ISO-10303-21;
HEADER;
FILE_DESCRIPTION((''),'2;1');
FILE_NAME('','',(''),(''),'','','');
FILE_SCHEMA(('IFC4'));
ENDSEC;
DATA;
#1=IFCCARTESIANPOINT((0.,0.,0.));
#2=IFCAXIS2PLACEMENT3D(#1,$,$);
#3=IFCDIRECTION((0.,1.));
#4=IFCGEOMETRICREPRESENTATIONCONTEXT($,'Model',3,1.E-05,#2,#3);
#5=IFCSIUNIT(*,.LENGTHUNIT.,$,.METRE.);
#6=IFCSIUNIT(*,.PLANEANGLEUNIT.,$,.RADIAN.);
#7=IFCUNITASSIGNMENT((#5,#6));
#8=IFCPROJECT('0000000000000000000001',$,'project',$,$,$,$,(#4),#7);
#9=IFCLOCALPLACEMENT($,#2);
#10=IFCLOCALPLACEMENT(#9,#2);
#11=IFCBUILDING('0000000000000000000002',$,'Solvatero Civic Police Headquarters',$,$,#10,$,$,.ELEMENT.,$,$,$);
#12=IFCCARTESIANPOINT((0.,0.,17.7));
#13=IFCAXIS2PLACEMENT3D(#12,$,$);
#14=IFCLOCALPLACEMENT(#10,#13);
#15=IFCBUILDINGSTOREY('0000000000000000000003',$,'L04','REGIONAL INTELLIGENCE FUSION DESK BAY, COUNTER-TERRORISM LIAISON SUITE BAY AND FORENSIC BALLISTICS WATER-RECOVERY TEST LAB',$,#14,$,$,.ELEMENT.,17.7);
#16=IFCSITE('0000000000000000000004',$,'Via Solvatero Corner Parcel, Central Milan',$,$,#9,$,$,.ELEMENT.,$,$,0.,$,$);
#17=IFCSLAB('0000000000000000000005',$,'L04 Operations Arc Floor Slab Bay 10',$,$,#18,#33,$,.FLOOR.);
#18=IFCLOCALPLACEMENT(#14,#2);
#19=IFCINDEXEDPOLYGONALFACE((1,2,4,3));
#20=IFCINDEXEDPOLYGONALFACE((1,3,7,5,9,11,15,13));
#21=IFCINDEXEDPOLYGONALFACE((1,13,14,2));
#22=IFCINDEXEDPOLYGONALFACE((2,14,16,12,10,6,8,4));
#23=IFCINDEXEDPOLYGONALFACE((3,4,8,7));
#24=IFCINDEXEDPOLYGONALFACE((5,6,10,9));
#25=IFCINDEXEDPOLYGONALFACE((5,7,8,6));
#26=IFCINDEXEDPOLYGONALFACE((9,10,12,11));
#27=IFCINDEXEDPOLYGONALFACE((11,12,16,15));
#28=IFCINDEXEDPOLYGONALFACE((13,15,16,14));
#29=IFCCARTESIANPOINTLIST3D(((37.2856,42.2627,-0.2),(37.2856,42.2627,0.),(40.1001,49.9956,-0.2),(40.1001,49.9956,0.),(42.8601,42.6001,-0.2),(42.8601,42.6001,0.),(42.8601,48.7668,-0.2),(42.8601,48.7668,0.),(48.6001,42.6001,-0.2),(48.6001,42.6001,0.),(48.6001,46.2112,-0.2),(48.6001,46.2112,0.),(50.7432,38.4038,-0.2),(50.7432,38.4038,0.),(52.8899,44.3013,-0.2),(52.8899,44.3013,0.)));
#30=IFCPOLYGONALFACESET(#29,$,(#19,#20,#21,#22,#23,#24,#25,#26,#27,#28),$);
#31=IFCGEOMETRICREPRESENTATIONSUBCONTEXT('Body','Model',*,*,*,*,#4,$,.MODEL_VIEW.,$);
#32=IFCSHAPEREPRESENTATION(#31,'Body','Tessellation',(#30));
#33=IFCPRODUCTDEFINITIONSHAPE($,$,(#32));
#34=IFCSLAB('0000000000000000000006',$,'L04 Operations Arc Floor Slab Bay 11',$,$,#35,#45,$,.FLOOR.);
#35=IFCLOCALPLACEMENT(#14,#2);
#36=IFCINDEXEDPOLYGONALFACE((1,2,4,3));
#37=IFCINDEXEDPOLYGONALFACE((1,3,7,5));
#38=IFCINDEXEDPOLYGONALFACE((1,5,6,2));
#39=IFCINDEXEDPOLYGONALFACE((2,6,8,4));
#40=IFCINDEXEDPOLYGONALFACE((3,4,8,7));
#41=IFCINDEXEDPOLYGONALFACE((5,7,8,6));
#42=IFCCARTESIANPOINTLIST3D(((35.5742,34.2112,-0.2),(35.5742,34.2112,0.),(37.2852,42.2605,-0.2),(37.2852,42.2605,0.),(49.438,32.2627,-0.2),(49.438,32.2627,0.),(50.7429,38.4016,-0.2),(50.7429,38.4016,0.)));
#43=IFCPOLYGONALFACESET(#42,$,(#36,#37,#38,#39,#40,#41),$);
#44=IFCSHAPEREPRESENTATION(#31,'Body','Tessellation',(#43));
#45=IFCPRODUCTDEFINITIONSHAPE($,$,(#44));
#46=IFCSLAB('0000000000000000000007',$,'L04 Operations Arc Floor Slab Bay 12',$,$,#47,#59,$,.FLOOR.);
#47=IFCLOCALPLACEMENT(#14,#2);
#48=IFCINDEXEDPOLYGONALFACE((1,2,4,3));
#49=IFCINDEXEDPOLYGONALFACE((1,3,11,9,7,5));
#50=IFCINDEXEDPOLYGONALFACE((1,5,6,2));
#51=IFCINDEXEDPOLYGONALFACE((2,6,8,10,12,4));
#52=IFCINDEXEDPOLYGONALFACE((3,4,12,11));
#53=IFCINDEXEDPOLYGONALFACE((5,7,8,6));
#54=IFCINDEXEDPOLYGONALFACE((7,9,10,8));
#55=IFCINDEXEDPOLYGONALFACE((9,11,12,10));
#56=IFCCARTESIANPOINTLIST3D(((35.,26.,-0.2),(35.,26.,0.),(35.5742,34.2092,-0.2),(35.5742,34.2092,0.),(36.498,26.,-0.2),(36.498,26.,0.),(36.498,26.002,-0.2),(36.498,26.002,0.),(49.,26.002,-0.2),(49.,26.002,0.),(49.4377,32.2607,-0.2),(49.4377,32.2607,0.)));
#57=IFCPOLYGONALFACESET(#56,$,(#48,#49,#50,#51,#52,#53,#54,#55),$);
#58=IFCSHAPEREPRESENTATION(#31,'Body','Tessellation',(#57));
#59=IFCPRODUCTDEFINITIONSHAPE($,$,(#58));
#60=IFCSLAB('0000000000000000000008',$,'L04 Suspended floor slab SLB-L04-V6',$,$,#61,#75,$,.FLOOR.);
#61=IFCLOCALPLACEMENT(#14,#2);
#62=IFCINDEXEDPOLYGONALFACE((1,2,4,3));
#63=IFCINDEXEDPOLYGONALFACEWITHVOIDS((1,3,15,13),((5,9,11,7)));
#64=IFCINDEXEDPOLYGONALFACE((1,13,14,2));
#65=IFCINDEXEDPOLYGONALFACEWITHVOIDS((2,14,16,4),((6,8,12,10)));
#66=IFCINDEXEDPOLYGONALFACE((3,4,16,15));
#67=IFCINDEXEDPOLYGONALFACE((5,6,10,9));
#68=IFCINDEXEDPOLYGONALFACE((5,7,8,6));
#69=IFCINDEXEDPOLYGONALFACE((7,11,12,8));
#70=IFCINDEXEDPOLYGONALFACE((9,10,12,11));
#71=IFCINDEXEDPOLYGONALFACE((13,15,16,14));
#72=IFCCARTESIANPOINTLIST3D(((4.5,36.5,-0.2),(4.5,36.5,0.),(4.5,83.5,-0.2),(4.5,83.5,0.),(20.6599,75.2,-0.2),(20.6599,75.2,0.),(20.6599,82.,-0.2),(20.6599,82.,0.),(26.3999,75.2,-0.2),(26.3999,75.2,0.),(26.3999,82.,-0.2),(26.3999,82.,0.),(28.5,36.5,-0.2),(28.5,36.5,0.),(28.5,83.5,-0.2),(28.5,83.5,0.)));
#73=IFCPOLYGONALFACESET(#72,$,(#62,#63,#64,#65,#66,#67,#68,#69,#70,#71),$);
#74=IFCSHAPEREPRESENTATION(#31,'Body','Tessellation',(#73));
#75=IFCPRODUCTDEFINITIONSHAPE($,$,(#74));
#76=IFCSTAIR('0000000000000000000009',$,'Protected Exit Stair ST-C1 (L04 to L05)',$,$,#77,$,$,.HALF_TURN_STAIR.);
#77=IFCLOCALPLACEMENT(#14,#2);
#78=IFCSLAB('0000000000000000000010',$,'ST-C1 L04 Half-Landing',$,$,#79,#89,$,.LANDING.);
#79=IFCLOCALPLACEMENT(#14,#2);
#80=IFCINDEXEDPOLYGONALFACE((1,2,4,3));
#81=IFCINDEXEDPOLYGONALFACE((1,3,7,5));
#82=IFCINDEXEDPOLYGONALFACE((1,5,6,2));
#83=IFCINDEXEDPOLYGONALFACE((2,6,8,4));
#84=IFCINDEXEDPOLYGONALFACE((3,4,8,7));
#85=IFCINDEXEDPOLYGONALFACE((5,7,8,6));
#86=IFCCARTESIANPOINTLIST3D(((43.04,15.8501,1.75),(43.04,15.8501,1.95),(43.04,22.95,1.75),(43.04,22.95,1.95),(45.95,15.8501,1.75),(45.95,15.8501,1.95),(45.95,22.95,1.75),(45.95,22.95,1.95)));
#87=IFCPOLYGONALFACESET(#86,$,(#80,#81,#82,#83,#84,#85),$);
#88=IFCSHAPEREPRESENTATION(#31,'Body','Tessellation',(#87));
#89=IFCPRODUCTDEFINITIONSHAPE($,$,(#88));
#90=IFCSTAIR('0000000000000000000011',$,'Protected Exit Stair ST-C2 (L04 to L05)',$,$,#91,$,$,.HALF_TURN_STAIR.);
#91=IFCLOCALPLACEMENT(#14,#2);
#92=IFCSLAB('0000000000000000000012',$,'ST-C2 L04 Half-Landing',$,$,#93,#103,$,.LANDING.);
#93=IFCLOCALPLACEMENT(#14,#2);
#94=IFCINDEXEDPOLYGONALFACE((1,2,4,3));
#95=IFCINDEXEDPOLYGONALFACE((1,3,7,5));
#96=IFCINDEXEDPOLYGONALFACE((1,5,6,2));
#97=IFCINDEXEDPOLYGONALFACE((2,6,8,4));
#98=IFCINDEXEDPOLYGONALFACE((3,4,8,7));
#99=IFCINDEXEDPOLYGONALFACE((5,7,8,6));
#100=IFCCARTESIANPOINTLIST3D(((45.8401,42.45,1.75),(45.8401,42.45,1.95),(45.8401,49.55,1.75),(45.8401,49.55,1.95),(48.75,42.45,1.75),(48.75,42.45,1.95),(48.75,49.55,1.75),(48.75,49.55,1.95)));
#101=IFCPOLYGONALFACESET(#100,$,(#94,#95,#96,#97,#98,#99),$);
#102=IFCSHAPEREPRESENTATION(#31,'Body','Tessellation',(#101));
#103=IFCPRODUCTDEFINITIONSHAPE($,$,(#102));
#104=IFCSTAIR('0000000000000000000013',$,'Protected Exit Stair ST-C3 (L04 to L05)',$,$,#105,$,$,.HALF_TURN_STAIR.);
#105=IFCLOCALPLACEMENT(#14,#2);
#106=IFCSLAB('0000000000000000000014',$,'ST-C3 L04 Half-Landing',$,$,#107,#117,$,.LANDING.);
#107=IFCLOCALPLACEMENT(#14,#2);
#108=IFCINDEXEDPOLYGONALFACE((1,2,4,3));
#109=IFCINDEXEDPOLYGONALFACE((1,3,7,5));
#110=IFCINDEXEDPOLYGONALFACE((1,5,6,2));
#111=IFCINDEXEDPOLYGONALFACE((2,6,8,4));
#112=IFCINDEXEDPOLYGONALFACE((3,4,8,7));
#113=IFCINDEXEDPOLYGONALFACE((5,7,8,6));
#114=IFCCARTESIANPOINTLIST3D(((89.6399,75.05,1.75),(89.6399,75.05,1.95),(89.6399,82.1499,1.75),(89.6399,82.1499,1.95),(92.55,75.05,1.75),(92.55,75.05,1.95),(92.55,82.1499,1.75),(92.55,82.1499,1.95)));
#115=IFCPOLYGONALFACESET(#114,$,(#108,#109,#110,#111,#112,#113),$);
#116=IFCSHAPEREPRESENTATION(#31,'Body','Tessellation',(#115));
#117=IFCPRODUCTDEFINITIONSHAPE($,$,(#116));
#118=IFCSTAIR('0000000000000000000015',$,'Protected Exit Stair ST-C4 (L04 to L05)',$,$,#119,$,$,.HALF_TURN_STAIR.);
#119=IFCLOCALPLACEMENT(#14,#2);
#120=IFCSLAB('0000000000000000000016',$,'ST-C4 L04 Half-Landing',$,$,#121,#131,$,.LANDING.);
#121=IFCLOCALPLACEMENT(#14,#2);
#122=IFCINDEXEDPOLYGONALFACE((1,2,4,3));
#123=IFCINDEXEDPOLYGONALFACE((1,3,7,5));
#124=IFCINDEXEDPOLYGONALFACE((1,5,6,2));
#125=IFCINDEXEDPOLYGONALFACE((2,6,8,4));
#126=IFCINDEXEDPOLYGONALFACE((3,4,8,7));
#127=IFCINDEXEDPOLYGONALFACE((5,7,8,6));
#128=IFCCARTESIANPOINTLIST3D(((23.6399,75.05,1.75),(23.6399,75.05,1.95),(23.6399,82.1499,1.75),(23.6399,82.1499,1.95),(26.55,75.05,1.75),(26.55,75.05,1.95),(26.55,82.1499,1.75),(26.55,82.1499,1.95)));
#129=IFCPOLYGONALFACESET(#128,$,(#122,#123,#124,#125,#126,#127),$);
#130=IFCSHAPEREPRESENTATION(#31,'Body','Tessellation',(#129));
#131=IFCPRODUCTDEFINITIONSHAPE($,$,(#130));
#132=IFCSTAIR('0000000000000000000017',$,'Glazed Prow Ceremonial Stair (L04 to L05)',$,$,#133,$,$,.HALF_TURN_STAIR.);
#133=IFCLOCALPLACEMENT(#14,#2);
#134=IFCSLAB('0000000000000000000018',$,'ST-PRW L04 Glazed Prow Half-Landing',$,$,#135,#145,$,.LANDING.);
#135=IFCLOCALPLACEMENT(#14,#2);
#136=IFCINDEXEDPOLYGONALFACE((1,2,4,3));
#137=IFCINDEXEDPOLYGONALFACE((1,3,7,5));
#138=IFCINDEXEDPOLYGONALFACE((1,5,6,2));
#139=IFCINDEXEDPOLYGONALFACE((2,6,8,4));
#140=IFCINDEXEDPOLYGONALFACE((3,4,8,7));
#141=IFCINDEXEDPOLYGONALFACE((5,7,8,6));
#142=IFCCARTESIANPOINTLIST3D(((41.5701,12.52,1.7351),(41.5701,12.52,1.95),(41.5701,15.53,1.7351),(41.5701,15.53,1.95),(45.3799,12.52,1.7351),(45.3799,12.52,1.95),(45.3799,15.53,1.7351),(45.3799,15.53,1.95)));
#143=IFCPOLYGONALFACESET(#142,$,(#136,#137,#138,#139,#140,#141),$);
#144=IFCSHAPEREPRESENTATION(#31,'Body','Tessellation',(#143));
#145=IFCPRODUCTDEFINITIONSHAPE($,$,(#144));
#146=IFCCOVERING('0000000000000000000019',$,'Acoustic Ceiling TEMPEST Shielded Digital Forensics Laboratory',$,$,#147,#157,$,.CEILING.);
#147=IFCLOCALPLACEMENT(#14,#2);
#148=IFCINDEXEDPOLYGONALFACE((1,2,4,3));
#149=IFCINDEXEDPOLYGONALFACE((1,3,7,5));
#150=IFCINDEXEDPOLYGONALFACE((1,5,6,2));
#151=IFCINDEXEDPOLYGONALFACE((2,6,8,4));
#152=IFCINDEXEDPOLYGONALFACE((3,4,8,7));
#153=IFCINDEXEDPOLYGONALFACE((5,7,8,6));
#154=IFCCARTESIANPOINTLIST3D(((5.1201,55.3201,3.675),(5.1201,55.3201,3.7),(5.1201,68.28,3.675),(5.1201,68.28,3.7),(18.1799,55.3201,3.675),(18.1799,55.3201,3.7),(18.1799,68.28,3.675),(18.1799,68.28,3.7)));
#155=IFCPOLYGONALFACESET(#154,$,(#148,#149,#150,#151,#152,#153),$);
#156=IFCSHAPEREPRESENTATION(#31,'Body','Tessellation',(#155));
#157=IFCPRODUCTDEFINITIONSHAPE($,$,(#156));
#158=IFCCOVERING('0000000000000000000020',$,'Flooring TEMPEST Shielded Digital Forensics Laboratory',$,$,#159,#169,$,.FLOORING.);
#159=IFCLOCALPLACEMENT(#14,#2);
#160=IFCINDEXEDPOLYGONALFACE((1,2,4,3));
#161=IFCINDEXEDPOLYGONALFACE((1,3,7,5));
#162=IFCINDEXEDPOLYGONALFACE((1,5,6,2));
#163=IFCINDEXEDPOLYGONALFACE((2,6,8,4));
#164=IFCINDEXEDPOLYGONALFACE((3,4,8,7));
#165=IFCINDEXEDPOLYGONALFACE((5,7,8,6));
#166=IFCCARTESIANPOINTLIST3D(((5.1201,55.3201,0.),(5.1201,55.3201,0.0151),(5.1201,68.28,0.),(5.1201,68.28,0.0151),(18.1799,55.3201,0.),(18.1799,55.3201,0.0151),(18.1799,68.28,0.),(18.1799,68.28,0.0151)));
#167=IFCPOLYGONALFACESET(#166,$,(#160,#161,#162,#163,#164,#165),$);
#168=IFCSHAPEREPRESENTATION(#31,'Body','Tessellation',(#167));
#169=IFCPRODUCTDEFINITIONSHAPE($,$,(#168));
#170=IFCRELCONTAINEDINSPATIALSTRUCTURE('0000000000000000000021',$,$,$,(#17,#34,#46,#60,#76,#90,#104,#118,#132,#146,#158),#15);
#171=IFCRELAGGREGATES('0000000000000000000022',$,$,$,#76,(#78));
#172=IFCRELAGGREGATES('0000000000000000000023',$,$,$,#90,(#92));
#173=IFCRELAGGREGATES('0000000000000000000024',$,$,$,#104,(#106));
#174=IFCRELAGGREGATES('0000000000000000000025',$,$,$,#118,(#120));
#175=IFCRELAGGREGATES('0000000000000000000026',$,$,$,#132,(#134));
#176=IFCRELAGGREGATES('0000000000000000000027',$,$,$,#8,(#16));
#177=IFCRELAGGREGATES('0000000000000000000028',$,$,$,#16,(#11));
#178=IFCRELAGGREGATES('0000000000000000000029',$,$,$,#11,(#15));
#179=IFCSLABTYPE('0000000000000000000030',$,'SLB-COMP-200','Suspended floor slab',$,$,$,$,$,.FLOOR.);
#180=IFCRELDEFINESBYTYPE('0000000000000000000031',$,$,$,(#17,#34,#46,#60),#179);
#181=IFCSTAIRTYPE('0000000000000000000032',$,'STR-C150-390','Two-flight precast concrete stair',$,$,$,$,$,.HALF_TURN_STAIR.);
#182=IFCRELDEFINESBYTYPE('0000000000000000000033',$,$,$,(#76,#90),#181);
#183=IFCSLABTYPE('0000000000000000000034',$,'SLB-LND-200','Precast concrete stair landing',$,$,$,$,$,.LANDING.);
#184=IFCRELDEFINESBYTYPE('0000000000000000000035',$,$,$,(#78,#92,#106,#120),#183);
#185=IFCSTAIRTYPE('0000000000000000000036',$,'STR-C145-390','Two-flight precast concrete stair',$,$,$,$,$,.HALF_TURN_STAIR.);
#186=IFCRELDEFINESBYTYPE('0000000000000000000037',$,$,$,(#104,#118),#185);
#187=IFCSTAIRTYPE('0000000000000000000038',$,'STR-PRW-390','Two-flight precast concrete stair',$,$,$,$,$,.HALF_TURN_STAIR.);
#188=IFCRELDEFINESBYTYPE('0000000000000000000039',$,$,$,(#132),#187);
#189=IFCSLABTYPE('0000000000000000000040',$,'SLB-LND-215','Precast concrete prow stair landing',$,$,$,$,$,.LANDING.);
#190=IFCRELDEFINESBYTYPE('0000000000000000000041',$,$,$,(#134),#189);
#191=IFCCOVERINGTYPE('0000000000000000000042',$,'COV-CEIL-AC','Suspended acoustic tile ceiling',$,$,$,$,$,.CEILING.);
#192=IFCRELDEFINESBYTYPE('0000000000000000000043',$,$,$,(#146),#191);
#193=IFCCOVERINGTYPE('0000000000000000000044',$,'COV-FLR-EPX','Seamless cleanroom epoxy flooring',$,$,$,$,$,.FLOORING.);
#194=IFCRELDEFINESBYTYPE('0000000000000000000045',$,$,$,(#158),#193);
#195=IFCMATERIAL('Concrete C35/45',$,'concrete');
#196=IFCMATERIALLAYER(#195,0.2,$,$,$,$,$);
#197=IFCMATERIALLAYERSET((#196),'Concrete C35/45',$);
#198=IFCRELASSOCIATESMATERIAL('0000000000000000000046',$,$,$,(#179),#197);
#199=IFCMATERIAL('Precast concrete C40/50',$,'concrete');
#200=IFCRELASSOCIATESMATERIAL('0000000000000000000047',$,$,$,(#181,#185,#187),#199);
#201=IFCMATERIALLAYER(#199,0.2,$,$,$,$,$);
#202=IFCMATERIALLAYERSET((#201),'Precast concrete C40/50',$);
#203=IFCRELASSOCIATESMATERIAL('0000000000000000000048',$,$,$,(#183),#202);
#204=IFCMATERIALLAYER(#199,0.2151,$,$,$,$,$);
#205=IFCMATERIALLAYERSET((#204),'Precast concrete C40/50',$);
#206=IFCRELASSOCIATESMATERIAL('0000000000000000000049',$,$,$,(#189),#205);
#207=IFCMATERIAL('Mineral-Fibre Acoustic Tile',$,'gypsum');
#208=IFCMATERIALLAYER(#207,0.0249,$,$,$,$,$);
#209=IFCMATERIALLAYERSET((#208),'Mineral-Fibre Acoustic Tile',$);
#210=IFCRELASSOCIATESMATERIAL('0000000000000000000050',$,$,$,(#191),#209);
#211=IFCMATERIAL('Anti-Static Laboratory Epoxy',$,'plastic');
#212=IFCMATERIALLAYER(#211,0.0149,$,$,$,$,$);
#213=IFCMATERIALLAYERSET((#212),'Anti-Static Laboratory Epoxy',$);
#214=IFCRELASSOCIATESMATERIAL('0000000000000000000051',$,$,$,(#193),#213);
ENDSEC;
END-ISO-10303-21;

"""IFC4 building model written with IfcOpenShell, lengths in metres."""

from ifc_helpers import new_model, si_unit, direction, frame, origin, place, context, subcontext, project, spatial, polyline, outline, extrude, material, layer, layer_set, type_object, element, aggregate, save


model = new_model("IFC4")

# Units and contexts
model_context = context("Model", 3, precision=1e-05, world=origin(), true_north=direction((0.0, 1.0)))
body_context = subcontext(model_context, "Body", "Model", "MODEL_VIEW")
ifc_project = project(units=[si_unit("LENGTHUNIT", "METRE"), si_unit("PLANEANGLEUNIT", "RADIAN")], contexts=[model_context])

# Site, building, storey
site_placement = place(None, origin())
site = spatial("IfcSite", under=ifc_project, at=site_placement, Name="Via Solvatero Corner Parcel, Central Milan", CompositionType="ELEMENT", RefElevation=0.0)
building_placement = place(site_placement, origin())
building = spatial("IfcBuilding", under=site, at=building_placement, Name="Solvatero Civic Police Headquarters", CompositionType="ELEMENT")
storey_placement = place(building_placement, frame((0.0, 0.0, 17.7)))
storey = spatial("IfcBuildingStorey", under=building, at=storey_placement, Name="L04", Description="REGIONAL INTELLIGENCE FUSION DESK BAY, COUNTER-TERRORISM LIAISON SUITE BAY AND FORENSIC BALLISTICS WATER-RECOVERY TEST LAB", CompositionType="ELEMENT", Elevation=17.7)

# Slabs
ifc_material_1 = material(Name="Concrete C35/45", Category="concrete")
ifc_layer_1 = layer(ifc_material_1, 0.2)
ifc_layer_set_1 = layer_set([ifc_layer_1], Name="Concrete C35/45")
slab_type_1 = type_object("IfcSlabType", Name="SLB-COMP-200", Description="Suspended floor slab", PredefinedType="FLOOR", material=ifc_layer_set_1)
slab_1_placement = place(storey_placement, frame((0.0, 0.0, -0.2)))
element("IfcSlab", 1, at=slab_1_placement, inside=storey, type_object=slab_type_1, Name="L04 Operations Arc Floor Slab Bay 10", PredefinedType="FLOOR", context=body_context, shape_type="SweptSolid", body=[
    extrude(outline(polyline([(37.2856, 42.2627), (40.1001, 49.9956), (42.8601, 48.7668), (42.8601, 42.6001), (48.6001, 42.6001), (48.6001, 46.2112), (52.8899, 44.3013), (50.7432, 38.4038), (37.2856, 42.2627)])), origin(), (0.0, 0.0, 1.0), 0.2),
])
slab_2_placement = place(storey_placement, frame((0.0, 0.0, -0.2)))
element("IfcSlab", 2, at=slab_2_placement, inside=storey, type_object=slab_type_1, Name="L04 Operations Arc Floor Slab Bay 11", PredefinedType="FLOOR", context=body_context, shape_type="SweptSolid", body=[
    extrude(outline(polyline([(37.2852, 42.2605), (50.7429, 38.4016), (49.438, 32.2627), (35.5742, 34.2112), (37.2852, 42.2605)])), origin(), (0.0, 0.0, 1.0), 0.2),
])
slab_3_placement = place(storey_placement, frame((0.0, 0.0, -0.2)))
element("IfcSlab", 3, at=slab_3_placement, inside=storey, type_object=slab_type_1, Name="L04 Operations Arc Floor Slab Bay 12", PredefinedType="FLOOR", context=body_context, shape_type="SweptSolid", body=[
    extrude(outline(polyline([(35.5742, 34.2092), (49.4377, 32.2607), (49.0, 26.002), (36.498, 26.002), (36.498, 26.0), (35.0, 26.0), (35.5742, 34.2092)])), origin(), (0.0, 0.0, 1.0), 0.2),
])
slab_4_placement = place(storey_placement, frame((0.0, 0.0, -0.2)))
element("IfcSlab", 4, at=slab_4_placement, inside=storey, type_object=slab_type_1, Name="L04 Suspended floor slab SLB-L04-V6", PredefinedType="FLOOR", context=body_context, shape_type="SweptSolid", body=[
    extrude(outline(polyline([(4.5, 83.5), (28.5, 83.5), (28.5, 36.5), (4.5, 36.5), (4.5, 83.5)]), holes=[polyline([(26.3999, 82.0), (20.6599, 82.0), (20.6599, 75.2), (26.3999, 75.2), (26.3999, 82.0)])]), origin(), (0.0, 0.0, 1.0), 0.2),
])

# Stairs, slabs
ifc_material_2 = material(Name="Precast concrete C40/50", Category="concrete")
stair_type_1 = type_object("IfcStairType", Name="STR-C150-390", Description="Two-flight precast concrete stair", PredefinedType="HALF_TURN_STAIR", material=ifc_material_2)
stair_1_placement = place(storey_placement, origin())
stair_1 = element("IfcStair", 5, at=stair_1_placement, inside=storey, type_object=stair_type_1, Name="Protected Exit Stair ST-C1 (L04 to L05)", PredefinedType="HALF_TURN_STAIR")
ifc_layer_2 = layer(ifc_material_2, 0.2)
ifc_layer_set_2 = layer_set([ifc_layer_2], Name="Precast concrete C40/50")
slab_type_2 = type_object("IfcSlabType", Name="SLB-LND-200", Description="Precast concrete stair landing", PredefinedType="LANDING", material=ifc_layer_set_2)
slab_5_placement = place(storey_placement, frame((0.0, 0.0, 1.75)))
slab_5 = element("IfcSlab", 6, at=slab_5_placement, type_object=slab_type_2, Name="ST-C1 L04 Half-Landing", PredefinedType="LANDING", context=body_context, shape_type="SweptSolid", body=[
    extrude(outline(polyline([(43.04, 15.8501), (45.95, 15.8501), (45.95, 22.95), (43.04, 22.95), (43.04, 15.8501)])), origin(), (0.0, 0.0, 1.0), 0.2),
])
aggregate(stair_1, [slab_5])
stair_2_placement = place(storey_placement, origin())
stair_2 = element("IfcStair", 7, at=stair_2_placement, inside=storey, type_object=stair_type_1, Name="Protected Exit Stair ST-C2 (L04 to L05)", PredefinedType="HALF_TURN_STAIR")
slab_6_placement = place(storey_placement, frame((0.0, 0.0, 1.75)))
slab_6 = element("IfcSlab", 8, at=slab_6_placement, type_object=slab_type_2, Name="ST-C2 L04 Half-Landing", PredefinedType="LANDING", context=body_context, shape_type="SweptSolid", body=[
    extrude(outline(polyline([(45.8401, 42.45), (48.75, 42.45), (48.75, 49.55), (45.8401, 49.55), (45.8401, 42.45)])), origin(), (0.0, 0.0, 1.0), 0.2),
])
aggregate(stair_2, [slab_6])
stair_type_2 = type_object("IfcStairType", Name="STR-C145-390", Description="Two-flight precast concrete stair", PredefinedType="HALF_TURN_STAIR", material=ifc_material_2)
stair_3_placement = place(storey_placement, origin())
stair_3 = element("IfcStair", 9, at=stair_3_placement, inside=storey, type_object=stair_type_2, Name="Protected Exit Stair ST-C3 (L04 to L05)", PredefinedType="HALF_TURN_STAIR")
slab_7_placement = place(storey_placement, frame((0.0, 0.0, 1.75)))
slab_7 = element("IfcSlab", 10, at=slab_7_placement, type_object=slab_type_2, Name="ST-C3 L04 Half-Landing", PredefinedType="LANDING", context=body_context, shape_type="SweptSolid", body=[
    extrude(outline(polyline([(89.6399, 75.05), (92.55, 75.05), (92.55, 82.1499), (89.6399, 82.1499), (89.6399, 75.05)])), origin(), (0.0, 0.0, 1.0), 0.2),
])
aggregate(stair_3, [slab_7])
stair_4_placement = place(storey_placement, origin())
stair_4 = element("IfcStair", 11, at=stair_4_placement, inside=storey, type_object=stair_type_2, Name="Protected Exit Stair ST-C4 (L04 to L05)", PredefinedType="HALF_TURN_STAIR")
slab_8_placement = place(storey_placement, frame((0.0, 0.0, 1.75)))
slab_8 = element("IfcSlab", 12, at=slab_8_placement, type_object=slab_type_2, Name="ST-C4 L04 Half-Landing", PredefinedType="LANDING", context=body_context, shape_type="SweptSolid", body=[
    extrude(outline(polyline([(23.6399, 75.05), (26.55, 75.05), (26.55, 82.1499), (23.6399, 82.1499), (23.6399, 75.05)])), origin(), (0.0, 0.0, 1.0), 0.2),
])
aggregate(stair_4, [slab_8])
stair_type_3 = type_object("IfcStairType", Name="STR-PRW-390", Description="Two-flight precast concrete stair", PredefinedType="HALF_TURN_STAIR", material=ifc_material_2)
stair_5_placement = place(storey_placement, origin())
stair_5 = element("IfcStair", 13, at=stair_5_placement, inside=storey, type_object=stair_type_3, Name="Glazed Prow Ceremonial Stair (L04 to L05)", PredefinedType="HALF_TURN_STAIR")
ifc_layer_3 = layer(ifc_material_2, 0.2151)
ifc_layer_set_3 = layer_set([ifc_layer_3], Name="Precast concrete C40/50")
slab_type_3 = type_object("IfcSlabType", Name="SLB-LND-215", Description="Precast concrete prow stair landing", PredefinedType="LANDING", material=ifc_layer_set_3)
slab_9_placement = place(storey_placement, frame((0.0, 0.0, 1.7351)))
slab_9 = element("IfcSlab", 14, at=slab_9_placement, type_object=slab_type_3, Name="ST-PRW L04 Glazed Prow Half-Landing", PredefinedType="LANDING", context=body_context, shape_type="SweptSolid", body=[
    extrude(outline(polyline([(41.5701, 12.52), (45.3799, 12.52), (45.3799, 15.53), (41.5701, 15.53), (41.5701, 12.52)])), origin(), (0.0, 0.0, 1.0), 0.2148),
])
aggregate(stair_5, [slab_9])

# Coverings
ifc_material_3 = material(Name="Mineral-Fibre Acoustic Tile", Category="gypsum")
ifc_layer_4 = layer(ifc_material_3, 0.0249)
ifc_layer_set_4 = layer_set([ifc_layer_4], Name="Mineral-Fibre Acoustic Tile")
covering_type_1 = type_object("IfcCoveringType", Name="COV-CEIL-AC", Description="Suspended acoustic tile ceiling", PredefinedType="CEILING", material=ifc_layer_set_4)
covering_1_placement = place(storey_placement, frame((0.0, 0.0, 3.675)))
element("IfcCovering", 15, at=covering_1_placement, inside=storey, type_object=covering_type_1, Name="Acoustic Ceiling TEMPEST Shielded Digital Forensics Laboratory", PredefinedType="CEILING", context=body_context, shape_type="SweptSolid", body=[
    extrude(outline(polyline([(5.1201, 55.3201), (5.1201, 68.28), (18.1799, 68.28), (18.1799, 55.3201), (5.1201, 55.3201)])), origin(), (0.0, 0.0, 1.0), 0.0249),
])
ifc_material_4 = material(Name="Anti-Static Laboratory Epoxy", Category="plastic")
ifc_layer_5 = layer(ifc_material_4, 0.0149)
ifc_layer_set_5 = layer_set([ifc_layer_5], Name="Anti-Static Laboratory Epoxy")
covering_type_2 = type_object("IfcCoveringType", Name="COV-FLR-EPX", Description="Seamless cleanroom epoxy flooring", PredefinedType="FLOORING", material=ifc_layer_set_5)
covering_2_placement = place(storey_placement, origin())
element("IfcCovering", 16, at=covering_2_placement, inside=storey, type_object=covering_type_2, Name="Flooring TEMPEST Shielded Digital Forensics Laboratory", PredefinedType="FLOORING", context=body_context, shape_type="SweptSolid", body=[
    extrude(outline(polyline([(5.1201, 55.3201), (5.1201, 68.28), (18.1799, 68.28), (18.1799, 55.3201), (5.1201, 55.3201)])), origin(), (0.0, 0.0, 1.0), 0.0151),
])

save(model, "model.ifc")
